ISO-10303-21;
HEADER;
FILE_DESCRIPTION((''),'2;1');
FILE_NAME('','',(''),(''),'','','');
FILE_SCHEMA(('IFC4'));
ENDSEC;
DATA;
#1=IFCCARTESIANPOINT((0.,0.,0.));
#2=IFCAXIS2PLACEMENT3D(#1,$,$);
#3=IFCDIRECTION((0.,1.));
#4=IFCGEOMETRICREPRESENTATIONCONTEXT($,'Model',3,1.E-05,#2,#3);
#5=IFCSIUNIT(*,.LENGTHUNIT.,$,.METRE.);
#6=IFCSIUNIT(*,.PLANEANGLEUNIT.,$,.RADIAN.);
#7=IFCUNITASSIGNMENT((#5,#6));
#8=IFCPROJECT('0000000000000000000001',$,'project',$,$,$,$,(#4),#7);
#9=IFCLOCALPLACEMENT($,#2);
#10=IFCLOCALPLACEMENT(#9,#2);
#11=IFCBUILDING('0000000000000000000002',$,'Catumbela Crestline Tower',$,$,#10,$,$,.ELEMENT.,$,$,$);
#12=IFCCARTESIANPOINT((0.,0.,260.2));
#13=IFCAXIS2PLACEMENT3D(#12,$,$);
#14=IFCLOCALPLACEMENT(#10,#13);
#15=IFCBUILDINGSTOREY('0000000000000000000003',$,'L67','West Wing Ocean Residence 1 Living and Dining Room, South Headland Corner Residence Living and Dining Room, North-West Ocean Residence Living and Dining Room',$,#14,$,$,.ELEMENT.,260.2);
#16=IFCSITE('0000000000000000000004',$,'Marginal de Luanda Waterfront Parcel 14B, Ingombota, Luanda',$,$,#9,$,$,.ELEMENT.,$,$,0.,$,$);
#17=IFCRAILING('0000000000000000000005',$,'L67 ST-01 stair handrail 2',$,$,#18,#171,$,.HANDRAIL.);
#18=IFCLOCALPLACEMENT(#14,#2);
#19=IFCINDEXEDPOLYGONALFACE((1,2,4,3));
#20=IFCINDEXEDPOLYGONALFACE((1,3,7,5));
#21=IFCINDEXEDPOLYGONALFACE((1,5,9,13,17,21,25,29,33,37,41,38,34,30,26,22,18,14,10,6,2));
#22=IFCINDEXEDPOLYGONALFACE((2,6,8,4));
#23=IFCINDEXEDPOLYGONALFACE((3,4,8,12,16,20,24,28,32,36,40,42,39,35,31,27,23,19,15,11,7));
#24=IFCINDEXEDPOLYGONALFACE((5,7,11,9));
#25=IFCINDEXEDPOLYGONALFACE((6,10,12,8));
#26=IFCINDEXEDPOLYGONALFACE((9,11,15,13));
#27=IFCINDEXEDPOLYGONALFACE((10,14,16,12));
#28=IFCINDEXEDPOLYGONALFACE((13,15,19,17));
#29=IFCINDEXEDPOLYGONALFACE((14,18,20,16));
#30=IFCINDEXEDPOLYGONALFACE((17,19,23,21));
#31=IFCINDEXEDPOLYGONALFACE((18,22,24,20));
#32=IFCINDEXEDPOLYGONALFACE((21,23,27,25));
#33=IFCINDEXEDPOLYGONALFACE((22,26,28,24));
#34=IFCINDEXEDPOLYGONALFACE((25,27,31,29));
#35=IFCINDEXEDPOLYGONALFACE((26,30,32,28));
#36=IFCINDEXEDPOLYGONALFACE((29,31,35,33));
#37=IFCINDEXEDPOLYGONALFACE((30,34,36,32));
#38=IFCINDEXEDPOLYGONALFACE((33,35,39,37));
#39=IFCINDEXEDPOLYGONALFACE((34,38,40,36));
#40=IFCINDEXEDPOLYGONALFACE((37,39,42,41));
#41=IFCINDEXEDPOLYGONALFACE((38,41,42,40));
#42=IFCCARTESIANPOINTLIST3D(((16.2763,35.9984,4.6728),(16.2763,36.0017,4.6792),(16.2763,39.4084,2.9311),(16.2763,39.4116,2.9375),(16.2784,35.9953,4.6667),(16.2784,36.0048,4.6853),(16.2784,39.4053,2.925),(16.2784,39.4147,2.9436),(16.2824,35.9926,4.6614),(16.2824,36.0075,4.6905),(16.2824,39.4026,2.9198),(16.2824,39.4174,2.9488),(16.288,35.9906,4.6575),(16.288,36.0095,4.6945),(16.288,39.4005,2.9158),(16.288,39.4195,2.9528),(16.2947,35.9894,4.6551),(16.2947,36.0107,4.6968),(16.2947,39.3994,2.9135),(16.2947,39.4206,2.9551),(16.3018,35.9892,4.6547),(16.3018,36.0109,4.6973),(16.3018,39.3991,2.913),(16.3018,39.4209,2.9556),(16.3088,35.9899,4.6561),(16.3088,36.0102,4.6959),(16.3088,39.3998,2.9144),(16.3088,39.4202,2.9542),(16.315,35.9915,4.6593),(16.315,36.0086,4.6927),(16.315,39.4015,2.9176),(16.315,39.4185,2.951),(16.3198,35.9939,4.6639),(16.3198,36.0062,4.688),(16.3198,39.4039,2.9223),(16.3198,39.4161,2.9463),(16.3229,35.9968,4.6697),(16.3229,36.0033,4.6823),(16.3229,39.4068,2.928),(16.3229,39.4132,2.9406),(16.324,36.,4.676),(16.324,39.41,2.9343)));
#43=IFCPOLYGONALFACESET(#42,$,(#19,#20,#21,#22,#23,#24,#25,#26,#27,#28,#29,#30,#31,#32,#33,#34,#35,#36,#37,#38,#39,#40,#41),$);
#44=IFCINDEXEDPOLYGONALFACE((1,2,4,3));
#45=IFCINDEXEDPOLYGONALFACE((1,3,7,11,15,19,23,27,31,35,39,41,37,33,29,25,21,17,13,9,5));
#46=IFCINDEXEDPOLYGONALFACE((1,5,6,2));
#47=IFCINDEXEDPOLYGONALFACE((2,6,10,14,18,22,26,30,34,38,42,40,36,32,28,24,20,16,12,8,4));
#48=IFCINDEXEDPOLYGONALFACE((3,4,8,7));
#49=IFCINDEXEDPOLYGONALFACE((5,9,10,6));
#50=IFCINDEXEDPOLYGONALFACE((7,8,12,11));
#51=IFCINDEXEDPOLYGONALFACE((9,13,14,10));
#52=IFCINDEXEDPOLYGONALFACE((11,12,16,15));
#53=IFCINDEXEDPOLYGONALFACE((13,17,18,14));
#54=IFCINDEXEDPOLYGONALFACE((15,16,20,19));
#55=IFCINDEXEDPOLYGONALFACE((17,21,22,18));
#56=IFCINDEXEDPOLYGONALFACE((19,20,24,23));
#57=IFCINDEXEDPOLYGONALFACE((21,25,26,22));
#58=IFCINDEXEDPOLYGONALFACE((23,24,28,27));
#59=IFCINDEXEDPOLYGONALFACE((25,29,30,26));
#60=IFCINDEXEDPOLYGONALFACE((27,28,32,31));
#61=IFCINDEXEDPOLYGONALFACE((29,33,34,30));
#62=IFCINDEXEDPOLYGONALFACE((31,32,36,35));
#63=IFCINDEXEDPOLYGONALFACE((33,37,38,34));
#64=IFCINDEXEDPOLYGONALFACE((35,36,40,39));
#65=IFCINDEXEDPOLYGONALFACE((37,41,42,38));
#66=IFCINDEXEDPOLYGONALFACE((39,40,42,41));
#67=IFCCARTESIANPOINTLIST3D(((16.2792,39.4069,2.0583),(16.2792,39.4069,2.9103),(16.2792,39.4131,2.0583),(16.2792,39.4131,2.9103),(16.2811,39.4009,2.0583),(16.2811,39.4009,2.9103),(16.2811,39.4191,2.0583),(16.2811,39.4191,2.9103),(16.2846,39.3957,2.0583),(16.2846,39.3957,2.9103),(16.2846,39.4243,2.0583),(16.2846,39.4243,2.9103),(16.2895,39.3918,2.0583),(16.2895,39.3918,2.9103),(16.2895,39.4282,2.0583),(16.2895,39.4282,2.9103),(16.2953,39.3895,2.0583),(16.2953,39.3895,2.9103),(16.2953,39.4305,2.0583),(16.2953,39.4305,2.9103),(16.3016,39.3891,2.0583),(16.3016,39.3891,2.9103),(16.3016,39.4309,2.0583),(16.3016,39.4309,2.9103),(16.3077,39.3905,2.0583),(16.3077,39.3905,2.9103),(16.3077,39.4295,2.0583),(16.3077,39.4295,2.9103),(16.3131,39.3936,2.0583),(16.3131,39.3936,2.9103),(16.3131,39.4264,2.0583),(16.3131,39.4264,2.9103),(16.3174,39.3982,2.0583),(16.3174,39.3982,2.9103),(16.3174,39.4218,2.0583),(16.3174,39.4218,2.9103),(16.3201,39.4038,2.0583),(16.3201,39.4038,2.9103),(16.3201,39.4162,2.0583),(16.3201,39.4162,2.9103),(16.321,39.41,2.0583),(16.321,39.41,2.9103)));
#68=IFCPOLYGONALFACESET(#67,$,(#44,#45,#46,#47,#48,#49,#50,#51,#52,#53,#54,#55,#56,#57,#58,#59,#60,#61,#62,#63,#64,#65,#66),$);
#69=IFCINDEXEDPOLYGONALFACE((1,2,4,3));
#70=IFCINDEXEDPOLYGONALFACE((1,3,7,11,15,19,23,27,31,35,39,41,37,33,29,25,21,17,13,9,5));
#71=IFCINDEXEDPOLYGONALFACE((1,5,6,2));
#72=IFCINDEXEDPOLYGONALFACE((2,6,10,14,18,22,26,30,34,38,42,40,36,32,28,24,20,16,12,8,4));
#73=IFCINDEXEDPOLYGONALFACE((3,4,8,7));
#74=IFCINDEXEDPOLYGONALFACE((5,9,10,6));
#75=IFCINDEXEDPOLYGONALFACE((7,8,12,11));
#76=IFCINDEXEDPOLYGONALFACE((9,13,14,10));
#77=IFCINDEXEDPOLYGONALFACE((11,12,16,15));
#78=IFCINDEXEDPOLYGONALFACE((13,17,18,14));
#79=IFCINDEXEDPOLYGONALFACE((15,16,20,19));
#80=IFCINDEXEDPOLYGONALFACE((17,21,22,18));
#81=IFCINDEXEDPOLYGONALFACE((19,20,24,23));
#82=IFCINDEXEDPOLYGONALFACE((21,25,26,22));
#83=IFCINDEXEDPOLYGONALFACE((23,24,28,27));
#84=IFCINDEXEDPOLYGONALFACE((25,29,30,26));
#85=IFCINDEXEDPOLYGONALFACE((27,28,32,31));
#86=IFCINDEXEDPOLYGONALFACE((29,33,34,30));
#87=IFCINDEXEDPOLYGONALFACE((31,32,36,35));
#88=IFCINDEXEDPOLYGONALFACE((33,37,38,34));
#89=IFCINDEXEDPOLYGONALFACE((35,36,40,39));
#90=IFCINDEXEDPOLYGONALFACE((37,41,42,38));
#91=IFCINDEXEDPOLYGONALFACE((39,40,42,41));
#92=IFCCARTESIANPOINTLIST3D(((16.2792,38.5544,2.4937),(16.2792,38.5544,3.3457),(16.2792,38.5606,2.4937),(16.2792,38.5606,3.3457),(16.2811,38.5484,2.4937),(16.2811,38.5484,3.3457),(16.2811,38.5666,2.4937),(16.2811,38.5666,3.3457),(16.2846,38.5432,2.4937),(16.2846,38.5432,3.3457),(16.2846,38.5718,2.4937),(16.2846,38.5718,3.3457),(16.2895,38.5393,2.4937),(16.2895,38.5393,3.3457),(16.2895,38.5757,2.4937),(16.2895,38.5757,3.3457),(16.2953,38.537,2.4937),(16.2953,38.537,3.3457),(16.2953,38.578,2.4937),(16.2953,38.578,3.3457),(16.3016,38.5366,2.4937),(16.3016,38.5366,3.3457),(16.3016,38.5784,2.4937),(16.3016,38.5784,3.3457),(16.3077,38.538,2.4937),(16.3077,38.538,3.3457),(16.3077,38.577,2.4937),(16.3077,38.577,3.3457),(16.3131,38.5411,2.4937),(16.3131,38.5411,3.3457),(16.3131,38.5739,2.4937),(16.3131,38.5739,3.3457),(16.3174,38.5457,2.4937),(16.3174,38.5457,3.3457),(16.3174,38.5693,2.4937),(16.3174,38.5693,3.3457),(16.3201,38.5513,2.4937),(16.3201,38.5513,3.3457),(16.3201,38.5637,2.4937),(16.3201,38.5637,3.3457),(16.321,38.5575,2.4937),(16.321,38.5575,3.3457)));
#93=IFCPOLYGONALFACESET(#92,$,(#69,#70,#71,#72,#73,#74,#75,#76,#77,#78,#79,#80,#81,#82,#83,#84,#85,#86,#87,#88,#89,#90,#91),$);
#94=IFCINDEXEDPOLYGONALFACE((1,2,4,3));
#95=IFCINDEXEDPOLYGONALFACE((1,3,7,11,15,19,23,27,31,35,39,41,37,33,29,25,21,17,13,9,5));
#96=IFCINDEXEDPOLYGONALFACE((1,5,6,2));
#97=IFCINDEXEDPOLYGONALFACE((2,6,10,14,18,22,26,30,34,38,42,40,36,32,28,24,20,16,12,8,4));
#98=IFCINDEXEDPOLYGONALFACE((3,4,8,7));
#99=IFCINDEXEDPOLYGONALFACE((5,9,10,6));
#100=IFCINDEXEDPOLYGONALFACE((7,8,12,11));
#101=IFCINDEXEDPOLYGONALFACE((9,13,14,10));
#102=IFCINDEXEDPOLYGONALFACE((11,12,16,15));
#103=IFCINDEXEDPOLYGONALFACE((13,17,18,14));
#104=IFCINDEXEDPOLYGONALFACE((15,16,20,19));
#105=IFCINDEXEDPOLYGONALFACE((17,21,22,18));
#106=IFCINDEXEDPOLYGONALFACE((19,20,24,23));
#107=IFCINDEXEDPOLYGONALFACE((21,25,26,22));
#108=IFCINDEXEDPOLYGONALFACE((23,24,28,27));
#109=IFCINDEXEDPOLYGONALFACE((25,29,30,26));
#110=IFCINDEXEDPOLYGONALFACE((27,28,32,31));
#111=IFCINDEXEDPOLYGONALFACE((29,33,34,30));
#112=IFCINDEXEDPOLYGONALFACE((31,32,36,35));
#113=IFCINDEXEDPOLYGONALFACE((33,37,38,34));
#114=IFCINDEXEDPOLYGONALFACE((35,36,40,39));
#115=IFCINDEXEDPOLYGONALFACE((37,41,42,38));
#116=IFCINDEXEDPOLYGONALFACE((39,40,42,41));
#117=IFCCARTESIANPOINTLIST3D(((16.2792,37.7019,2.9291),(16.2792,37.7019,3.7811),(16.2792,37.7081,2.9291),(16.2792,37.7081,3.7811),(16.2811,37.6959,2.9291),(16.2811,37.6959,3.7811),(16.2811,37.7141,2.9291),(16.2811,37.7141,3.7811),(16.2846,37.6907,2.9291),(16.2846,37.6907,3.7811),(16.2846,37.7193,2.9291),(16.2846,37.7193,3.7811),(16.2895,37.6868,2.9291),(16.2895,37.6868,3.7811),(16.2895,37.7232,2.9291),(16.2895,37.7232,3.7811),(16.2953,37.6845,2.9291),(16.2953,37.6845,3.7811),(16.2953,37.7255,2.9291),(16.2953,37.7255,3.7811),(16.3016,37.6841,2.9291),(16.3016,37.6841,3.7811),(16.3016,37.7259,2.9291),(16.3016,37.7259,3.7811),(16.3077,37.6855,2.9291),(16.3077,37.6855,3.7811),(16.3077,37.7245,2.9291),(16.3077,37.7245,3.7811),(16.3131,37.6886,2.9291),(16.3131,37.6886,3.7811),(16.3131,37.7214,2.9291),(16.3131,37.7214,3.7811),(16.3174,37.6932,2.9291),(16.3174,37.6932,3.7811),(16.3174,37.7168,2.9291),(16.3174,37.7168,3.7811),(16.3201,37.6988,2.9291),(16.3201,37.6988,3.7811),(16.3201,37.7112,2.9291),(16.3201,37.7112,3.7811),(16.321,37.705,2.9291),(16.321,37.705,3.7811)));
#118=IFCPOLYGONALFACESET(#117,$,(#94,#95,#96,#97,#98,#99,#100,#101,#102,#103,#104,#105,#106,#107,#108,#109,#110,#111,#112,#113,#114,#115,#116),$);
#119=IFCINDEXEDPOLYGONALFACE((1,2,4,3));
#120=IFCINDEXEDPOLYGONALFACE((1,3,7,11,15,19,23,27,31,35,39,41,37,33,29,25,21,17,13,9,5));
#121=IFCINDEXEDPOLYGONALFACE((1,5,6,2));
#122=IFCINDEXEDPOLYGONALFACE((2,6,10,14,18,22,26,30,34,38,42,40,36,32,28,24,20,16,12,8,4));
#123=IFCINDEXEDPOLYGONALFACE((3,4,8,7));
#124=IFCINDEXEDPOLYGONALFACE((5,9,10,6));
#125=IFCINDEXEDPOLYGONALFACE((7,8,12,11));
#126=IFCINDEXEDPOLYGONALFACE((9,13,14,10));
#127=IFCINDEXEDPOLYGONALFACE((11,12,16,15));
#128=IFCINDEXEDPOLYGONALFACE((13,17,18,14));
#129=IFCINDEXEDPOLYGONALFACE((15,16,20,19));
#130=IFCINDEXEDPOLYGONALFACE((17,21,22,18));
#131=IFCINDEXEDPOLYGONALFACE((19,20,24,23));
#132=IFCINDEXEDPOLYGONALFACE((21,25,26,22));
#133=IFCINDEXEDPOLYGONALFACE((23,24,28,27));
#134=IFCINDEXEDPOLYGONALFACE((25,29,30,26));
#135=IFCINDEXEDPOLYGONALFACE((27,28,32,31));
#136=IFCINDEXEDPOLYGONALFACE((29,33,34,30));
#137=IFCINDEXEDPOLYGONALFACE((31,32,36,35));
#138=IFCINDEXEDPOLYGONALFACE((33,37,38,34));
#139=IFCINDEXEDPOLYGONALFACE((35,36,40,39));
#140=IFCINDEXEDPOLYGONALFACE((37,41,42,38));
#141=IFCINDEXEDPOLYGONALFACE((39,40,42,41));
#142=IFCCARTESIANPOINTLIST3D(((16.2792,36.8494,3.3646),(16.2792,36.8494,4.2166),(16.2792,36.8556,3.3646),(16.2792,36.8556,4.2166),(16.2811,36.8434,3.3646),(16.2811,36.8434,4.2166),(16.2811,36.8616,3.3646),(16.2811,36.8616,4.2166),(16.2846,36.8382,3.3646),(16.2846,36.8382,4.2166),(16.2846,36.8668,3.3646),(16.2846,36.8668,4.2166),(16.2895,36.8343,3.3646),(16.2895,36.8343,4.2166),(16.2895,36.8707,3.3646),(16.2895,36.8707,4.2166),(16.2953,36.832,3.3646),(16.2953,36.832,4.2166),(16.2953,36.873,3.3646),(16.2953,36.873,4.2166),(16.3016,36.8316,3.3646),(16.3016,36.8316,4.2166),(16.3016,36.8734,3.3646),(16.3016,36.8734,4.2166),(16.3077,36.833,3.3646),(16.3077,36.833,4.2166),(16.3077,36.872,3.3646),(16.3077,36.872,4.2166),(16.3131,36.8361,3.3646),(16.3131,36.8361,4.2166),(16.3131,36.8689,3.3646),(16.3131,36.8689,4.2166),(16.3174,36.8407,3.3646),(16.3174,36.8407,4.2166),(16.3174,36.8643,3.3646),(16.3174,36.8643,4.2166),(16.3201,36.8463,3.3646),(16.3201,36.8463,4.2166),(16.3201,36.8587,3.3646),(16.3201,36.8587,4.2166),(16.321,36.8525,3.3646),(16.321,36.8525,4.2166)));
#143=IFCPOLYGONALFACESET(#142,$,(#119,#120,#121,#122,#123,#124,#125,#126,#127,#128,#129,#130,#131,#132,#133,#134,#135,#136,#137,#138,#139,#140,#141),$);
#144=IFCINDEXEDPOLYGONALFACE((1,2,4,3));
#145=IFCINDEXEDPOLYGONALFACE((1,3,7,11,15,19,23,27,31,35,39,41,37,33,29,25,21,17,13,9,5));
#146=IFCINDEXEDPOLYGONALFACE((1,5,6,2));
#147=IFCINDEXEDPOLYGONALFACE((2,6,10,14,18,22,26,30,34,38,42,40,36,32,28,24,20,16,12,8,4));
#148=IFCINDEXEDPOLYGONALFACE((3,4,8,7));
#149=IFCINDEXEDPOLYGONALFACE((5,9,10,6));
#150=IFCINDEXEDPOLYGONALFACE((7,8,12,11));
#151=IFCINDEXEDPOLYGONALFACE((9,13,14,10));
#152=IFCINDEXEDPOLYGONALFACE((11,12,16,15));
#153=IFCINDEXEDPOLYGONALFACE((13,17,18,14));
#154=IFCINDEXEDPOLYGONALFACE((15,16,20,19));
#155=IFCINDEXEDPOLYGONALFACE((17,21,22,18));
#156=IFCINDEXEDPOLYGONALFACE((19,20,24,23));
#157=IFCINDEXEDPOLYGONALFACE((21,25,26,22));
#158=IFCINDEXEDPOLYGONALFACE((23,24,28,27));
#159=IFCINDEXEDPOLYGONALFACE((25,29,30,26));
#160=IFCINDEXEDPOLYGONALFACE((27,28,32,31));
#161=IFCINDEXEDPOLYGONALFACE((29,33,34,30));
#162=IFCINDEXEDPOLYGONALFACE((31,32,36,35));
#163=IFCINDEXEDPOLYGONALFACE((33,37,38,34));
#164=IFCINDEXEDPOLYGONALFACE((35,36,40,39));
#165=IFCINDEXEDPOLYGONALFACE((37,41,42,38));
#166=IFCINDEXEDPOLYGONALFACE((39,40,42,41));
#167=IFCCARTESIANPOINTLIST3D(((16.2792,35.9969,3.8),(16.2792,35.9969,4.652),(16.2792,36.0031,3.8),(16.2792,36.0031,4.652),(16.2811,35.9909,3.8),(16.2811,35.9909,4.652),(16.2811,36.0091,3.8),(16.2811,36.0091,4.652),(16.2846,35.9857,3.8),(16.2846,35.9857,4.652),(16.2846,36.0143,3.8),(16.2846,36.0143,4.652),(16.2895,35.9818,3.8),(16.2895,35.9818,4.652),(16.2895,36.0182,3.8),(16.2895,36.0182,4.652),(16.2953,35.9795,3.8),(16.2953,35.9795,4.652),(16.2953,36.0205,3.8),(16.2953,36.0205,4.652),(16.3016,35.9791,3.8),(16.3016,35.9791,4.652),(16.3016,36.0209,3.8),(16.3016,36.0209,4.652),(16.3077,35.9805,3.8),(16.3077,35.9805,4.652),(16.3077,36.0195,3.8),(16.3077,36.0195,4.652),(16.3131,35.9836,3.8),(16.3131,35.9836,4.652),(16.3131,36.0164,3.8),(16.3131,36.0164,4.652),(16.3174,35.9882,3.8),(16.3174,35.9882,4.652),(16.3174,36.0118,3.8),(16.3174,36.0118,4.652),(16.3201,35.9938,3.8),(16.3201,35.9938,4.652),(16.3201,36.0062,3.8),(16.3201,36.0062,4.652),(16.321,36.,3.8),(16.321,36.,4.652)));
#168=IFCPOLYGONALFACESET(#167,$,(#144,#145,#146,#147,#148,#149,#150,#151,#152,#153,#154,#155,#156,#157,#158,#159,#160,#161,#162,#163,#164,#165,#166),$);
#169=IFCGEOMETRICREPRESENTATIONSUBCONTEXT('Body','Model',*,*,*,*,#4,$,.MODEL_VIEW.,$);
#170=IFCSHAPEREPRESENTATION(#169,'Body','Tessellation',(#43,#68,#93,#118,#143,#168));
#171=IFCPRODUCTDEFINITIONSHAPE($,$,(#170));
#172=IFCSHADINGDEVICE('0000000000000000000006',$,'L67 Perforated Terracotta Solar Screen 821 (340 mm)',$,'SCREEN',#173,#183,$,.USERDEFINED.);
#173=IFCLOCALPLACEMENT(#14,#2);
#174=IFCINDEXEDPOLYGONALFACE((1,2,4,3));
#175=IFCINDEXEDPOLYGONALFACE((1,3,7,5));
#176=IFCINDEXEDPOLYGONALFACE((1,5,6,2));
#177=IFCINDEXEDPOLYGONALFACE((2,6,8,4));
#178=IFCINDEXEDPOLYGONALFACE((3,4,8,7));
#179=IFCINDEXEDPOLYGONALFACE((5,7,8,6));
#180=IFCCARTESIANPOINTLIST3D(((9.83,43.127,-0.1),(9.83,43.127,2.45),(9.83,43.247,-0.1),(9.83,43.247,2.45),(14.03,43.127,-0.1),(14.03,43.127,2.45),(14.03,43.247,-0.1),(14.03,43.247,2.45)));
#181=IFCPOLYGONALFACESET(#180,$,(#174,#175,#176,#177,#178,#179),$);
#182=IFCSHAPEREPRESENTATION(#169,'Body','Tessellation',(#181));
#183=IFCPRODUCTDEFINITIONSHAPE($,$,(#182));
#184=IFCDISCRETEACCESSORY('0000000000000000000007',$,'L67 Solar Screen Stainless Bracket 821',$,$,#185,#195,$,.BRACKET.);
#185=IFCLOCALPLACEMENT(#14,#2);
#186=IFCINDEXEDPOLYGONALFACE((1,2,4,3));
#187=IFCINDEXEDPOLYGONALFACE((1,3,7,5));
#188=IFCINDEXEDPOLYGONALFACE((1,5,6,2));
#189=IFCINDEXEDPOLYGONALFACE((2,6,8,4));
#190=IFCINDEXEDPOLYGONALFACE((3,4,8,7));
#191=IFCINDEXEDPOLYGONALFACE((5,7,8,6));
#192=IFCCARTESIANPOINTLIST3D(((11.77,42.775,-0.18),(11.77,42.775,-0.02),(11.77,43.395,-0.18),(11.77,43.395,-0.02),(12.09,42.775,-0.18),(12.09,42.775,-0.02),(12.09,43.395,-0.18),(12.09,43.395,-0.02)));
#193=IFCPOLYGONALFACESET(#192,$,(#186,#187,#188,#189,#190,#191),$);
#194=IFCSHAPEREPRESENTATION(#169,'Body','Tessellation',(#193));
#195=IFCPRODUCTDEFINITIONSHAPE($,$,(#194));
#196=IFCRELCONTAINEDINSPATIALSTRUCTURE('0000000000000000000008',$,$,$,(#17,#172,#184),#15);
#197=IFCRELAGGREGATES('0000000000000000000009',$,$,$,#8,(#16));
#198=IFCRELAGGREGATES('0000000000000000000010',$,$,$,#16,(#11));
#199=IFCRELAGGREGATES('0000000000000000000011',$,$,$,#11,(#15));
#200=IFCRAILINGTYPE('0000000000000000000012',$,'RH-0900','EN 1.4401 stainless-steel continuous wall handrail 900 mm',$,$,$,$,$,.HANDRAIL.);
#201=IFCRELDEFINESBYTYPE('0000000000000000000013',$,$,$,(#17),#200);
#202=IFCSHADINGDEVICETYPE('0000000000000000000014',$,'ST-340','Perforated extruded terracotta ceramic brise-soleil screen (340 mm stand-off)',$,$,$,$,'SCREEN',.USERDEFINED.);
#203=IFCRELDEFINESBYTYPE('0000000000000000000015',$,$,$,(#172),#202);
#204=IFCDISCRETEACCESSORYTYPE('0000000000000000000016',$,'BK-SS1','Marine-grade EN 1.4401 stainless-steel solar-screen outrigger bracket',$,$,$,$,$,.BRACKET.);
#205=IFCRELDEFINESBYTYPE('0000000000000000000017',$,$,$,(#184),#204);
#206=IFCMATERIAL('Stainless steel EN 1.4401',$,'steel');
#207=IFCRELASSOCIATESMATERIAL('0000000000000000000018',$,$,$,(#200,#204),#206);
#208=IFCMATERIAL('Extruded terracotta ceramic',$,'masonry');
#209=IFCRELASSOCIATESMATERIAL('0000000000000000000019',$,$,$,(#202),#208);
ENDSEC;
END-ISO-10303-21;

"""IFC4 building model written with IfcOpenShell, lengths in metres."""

from ifc_helpers import new_model, si_unit, direction, frame, origin, origin_2d, place, context, subcontext, project, spatial, rectangle, circle, extrude, material, type_object, element, save


model = new_model("IFC4")

# Units and contexts
model_context = context("Model", 3, precision=1e-05, world=origin(), true_north=direction((0.0, 1.0)))
body_context = subcontext(model_context, "Body", "Model", "MODEL_VIEW")
ifc_project = project(units=[si_unit("LENGTHUNIT", "METRE"), si_unit("PLANEANGLEUNIT", "RADIAN")], contexts=[model_context])

# Site, building, storey
site_placement = place(None, origin())
site = spatial("IfcSite", under=ifc_project, at=site_placement, Name="Marginal de Luanda Waterfront Parcel 14B, Ingombota, Luanda", CompositionType="ELEMENT", RefElevation=0.0)
building_placement = place(site_placement, origin())
building = spatial("IfcBuilding", under=site, at=building_placement, Name="Catumbela Crestline Tower", CompositionType="ELEMENT")
storey_placement = place(building_placement, frame((0.0, 0.0, 260.2)))
storey = spatial("IfcBuildingStorey", under=building, at=storey_placement, Name="L67", Description="West Wing Ocean Residence 1 Living and Dining Room, South Headland Corner Residence Living and Dining Room, North-West Ocean Residence Living and Dining Room", CompositionType="ELEMENT", Elevation=260.2)

# Shared definitions
ifc_material_1 = material(Name="Stainless steel EN 1.4401", Category="steel")

# Railing
railing_type_1 = type_object("IfcRailingType", Name="RH-0900", Description="EN 1.4401 stainless-steel continuous wall handrail 900 mm", PredefinedType="HANDRAIL", material=ifc_material_1)
railing_1_placement = place(storey_placement, frame((16.3, 39.41, 2.0583)))
element("IfcRailing", 1, at=railing_1_placement, inside=storey, type_object=railing_type_1, Name="L67 ST-01 stair handrail 2", PredefinedType="HANDRAIL", context=body_context, shape_type="SweptSolid", body=[
    extrude(circle(Radius=0.024, at=origin_2d()), frame((0.0, 0.0, 0.876), z_axis=(0.0, -0.89056, 0.454865), x_axis=(1.0, 0.0, 0.0)), (0.0, 0.0, 1.0), 3.829),
    extrude(circle(Radius=0.021, at=origin_2d()), origin(), (0.0, 0.0, 1.0), 0.852),
    extrude(circle(Radius=0.021, at=origin_2d()), frame((0.0, -0.8525, 0.4354)), (0.0, 0.0, 1.0), 0.852),
    extrude(circle(Radius=0.021, at=origin_2d()), frame((0.0, -1.705, 0.8708)), (0.0, 0.0, 1.0), 0.852),
    extrude(circle(Radius=0.021, at=origin_2d()), frame((0.0, -2.5575, 1.3063)), (0.0, 0.0, 1.0), 0.852),
    extrude(circle(Radius=0.021, at=origin_2d()), frame((0.0, -3.41, 1.7417)), (0.0, 0.0, 1.0), 0.852),
])

# Shading device
ifc_material_2 = material(Name="Extruded terracotta ceramic", Category="masonry")
shading_device_type = type_object("IfcShadingDeviceType", Name="ST-340", Description="Perforated extruded terracotta ceramic brise-soleil screen (340 mm stand-off)", ElementType="SCREEN", PredefinedType="USERDEFINED", material=ifc_material_2)
shading_device_placement = place(storey_placement, frame((11.93, 43.187, -0.1), z_axis=(0.0, 0.0, 1.0), x_axis=(-1.0, 0.0, 0.0)))
element("IfcShadingDevice", 2, at=shading_device_placement, inside=storey, type_object=shading_device_type, Name="L67 Perforated Terracotta Solar Screen 821 (340 mm)", ObjectType="SCREEN", PredefinedType="USERDEFINED", context=body_context, shape_type="SweptSolid", body=[
    extrude(rectangle(XDim=4.2, YDim=0.12, at=origin_2d()), origin(), (0.0, 0.0, 1.0), 2.55),
])

# Discrete accessory
discrete_accessory_type = type_object("IfcDiscreteAccessoryType", Name="BK-SS1", Description="Marine-grade EN 1.4401 stainless-steel solar-screen outrigger bracket", PredefinedType="BRACKET", material=ifc_material_1)
discrete_accessory_placement = place(storey_placement, frame((11.93, 43.085, -0.18), z_axis=(0.0, 0.0, 1.0), x_axis=(-1.0, 0.0, 0.0)))
element("IfcDiscreteAccessory", 3, at=discrete_accessory_placement, inside=storey, type_object=discrete_accessory_type, Name="L67 Solar Screen Stainless Bracket 821", PredefinedType="BRACKET", context=body_context, shape_type="SweptSolid", body=[
    extrude(rectangle(XDim=0.32, YDim=0.62, at=origin_2d()), origin(), (0.0, 0.0, 1.0), 0.16),
])

save(model, "model.ifc")
